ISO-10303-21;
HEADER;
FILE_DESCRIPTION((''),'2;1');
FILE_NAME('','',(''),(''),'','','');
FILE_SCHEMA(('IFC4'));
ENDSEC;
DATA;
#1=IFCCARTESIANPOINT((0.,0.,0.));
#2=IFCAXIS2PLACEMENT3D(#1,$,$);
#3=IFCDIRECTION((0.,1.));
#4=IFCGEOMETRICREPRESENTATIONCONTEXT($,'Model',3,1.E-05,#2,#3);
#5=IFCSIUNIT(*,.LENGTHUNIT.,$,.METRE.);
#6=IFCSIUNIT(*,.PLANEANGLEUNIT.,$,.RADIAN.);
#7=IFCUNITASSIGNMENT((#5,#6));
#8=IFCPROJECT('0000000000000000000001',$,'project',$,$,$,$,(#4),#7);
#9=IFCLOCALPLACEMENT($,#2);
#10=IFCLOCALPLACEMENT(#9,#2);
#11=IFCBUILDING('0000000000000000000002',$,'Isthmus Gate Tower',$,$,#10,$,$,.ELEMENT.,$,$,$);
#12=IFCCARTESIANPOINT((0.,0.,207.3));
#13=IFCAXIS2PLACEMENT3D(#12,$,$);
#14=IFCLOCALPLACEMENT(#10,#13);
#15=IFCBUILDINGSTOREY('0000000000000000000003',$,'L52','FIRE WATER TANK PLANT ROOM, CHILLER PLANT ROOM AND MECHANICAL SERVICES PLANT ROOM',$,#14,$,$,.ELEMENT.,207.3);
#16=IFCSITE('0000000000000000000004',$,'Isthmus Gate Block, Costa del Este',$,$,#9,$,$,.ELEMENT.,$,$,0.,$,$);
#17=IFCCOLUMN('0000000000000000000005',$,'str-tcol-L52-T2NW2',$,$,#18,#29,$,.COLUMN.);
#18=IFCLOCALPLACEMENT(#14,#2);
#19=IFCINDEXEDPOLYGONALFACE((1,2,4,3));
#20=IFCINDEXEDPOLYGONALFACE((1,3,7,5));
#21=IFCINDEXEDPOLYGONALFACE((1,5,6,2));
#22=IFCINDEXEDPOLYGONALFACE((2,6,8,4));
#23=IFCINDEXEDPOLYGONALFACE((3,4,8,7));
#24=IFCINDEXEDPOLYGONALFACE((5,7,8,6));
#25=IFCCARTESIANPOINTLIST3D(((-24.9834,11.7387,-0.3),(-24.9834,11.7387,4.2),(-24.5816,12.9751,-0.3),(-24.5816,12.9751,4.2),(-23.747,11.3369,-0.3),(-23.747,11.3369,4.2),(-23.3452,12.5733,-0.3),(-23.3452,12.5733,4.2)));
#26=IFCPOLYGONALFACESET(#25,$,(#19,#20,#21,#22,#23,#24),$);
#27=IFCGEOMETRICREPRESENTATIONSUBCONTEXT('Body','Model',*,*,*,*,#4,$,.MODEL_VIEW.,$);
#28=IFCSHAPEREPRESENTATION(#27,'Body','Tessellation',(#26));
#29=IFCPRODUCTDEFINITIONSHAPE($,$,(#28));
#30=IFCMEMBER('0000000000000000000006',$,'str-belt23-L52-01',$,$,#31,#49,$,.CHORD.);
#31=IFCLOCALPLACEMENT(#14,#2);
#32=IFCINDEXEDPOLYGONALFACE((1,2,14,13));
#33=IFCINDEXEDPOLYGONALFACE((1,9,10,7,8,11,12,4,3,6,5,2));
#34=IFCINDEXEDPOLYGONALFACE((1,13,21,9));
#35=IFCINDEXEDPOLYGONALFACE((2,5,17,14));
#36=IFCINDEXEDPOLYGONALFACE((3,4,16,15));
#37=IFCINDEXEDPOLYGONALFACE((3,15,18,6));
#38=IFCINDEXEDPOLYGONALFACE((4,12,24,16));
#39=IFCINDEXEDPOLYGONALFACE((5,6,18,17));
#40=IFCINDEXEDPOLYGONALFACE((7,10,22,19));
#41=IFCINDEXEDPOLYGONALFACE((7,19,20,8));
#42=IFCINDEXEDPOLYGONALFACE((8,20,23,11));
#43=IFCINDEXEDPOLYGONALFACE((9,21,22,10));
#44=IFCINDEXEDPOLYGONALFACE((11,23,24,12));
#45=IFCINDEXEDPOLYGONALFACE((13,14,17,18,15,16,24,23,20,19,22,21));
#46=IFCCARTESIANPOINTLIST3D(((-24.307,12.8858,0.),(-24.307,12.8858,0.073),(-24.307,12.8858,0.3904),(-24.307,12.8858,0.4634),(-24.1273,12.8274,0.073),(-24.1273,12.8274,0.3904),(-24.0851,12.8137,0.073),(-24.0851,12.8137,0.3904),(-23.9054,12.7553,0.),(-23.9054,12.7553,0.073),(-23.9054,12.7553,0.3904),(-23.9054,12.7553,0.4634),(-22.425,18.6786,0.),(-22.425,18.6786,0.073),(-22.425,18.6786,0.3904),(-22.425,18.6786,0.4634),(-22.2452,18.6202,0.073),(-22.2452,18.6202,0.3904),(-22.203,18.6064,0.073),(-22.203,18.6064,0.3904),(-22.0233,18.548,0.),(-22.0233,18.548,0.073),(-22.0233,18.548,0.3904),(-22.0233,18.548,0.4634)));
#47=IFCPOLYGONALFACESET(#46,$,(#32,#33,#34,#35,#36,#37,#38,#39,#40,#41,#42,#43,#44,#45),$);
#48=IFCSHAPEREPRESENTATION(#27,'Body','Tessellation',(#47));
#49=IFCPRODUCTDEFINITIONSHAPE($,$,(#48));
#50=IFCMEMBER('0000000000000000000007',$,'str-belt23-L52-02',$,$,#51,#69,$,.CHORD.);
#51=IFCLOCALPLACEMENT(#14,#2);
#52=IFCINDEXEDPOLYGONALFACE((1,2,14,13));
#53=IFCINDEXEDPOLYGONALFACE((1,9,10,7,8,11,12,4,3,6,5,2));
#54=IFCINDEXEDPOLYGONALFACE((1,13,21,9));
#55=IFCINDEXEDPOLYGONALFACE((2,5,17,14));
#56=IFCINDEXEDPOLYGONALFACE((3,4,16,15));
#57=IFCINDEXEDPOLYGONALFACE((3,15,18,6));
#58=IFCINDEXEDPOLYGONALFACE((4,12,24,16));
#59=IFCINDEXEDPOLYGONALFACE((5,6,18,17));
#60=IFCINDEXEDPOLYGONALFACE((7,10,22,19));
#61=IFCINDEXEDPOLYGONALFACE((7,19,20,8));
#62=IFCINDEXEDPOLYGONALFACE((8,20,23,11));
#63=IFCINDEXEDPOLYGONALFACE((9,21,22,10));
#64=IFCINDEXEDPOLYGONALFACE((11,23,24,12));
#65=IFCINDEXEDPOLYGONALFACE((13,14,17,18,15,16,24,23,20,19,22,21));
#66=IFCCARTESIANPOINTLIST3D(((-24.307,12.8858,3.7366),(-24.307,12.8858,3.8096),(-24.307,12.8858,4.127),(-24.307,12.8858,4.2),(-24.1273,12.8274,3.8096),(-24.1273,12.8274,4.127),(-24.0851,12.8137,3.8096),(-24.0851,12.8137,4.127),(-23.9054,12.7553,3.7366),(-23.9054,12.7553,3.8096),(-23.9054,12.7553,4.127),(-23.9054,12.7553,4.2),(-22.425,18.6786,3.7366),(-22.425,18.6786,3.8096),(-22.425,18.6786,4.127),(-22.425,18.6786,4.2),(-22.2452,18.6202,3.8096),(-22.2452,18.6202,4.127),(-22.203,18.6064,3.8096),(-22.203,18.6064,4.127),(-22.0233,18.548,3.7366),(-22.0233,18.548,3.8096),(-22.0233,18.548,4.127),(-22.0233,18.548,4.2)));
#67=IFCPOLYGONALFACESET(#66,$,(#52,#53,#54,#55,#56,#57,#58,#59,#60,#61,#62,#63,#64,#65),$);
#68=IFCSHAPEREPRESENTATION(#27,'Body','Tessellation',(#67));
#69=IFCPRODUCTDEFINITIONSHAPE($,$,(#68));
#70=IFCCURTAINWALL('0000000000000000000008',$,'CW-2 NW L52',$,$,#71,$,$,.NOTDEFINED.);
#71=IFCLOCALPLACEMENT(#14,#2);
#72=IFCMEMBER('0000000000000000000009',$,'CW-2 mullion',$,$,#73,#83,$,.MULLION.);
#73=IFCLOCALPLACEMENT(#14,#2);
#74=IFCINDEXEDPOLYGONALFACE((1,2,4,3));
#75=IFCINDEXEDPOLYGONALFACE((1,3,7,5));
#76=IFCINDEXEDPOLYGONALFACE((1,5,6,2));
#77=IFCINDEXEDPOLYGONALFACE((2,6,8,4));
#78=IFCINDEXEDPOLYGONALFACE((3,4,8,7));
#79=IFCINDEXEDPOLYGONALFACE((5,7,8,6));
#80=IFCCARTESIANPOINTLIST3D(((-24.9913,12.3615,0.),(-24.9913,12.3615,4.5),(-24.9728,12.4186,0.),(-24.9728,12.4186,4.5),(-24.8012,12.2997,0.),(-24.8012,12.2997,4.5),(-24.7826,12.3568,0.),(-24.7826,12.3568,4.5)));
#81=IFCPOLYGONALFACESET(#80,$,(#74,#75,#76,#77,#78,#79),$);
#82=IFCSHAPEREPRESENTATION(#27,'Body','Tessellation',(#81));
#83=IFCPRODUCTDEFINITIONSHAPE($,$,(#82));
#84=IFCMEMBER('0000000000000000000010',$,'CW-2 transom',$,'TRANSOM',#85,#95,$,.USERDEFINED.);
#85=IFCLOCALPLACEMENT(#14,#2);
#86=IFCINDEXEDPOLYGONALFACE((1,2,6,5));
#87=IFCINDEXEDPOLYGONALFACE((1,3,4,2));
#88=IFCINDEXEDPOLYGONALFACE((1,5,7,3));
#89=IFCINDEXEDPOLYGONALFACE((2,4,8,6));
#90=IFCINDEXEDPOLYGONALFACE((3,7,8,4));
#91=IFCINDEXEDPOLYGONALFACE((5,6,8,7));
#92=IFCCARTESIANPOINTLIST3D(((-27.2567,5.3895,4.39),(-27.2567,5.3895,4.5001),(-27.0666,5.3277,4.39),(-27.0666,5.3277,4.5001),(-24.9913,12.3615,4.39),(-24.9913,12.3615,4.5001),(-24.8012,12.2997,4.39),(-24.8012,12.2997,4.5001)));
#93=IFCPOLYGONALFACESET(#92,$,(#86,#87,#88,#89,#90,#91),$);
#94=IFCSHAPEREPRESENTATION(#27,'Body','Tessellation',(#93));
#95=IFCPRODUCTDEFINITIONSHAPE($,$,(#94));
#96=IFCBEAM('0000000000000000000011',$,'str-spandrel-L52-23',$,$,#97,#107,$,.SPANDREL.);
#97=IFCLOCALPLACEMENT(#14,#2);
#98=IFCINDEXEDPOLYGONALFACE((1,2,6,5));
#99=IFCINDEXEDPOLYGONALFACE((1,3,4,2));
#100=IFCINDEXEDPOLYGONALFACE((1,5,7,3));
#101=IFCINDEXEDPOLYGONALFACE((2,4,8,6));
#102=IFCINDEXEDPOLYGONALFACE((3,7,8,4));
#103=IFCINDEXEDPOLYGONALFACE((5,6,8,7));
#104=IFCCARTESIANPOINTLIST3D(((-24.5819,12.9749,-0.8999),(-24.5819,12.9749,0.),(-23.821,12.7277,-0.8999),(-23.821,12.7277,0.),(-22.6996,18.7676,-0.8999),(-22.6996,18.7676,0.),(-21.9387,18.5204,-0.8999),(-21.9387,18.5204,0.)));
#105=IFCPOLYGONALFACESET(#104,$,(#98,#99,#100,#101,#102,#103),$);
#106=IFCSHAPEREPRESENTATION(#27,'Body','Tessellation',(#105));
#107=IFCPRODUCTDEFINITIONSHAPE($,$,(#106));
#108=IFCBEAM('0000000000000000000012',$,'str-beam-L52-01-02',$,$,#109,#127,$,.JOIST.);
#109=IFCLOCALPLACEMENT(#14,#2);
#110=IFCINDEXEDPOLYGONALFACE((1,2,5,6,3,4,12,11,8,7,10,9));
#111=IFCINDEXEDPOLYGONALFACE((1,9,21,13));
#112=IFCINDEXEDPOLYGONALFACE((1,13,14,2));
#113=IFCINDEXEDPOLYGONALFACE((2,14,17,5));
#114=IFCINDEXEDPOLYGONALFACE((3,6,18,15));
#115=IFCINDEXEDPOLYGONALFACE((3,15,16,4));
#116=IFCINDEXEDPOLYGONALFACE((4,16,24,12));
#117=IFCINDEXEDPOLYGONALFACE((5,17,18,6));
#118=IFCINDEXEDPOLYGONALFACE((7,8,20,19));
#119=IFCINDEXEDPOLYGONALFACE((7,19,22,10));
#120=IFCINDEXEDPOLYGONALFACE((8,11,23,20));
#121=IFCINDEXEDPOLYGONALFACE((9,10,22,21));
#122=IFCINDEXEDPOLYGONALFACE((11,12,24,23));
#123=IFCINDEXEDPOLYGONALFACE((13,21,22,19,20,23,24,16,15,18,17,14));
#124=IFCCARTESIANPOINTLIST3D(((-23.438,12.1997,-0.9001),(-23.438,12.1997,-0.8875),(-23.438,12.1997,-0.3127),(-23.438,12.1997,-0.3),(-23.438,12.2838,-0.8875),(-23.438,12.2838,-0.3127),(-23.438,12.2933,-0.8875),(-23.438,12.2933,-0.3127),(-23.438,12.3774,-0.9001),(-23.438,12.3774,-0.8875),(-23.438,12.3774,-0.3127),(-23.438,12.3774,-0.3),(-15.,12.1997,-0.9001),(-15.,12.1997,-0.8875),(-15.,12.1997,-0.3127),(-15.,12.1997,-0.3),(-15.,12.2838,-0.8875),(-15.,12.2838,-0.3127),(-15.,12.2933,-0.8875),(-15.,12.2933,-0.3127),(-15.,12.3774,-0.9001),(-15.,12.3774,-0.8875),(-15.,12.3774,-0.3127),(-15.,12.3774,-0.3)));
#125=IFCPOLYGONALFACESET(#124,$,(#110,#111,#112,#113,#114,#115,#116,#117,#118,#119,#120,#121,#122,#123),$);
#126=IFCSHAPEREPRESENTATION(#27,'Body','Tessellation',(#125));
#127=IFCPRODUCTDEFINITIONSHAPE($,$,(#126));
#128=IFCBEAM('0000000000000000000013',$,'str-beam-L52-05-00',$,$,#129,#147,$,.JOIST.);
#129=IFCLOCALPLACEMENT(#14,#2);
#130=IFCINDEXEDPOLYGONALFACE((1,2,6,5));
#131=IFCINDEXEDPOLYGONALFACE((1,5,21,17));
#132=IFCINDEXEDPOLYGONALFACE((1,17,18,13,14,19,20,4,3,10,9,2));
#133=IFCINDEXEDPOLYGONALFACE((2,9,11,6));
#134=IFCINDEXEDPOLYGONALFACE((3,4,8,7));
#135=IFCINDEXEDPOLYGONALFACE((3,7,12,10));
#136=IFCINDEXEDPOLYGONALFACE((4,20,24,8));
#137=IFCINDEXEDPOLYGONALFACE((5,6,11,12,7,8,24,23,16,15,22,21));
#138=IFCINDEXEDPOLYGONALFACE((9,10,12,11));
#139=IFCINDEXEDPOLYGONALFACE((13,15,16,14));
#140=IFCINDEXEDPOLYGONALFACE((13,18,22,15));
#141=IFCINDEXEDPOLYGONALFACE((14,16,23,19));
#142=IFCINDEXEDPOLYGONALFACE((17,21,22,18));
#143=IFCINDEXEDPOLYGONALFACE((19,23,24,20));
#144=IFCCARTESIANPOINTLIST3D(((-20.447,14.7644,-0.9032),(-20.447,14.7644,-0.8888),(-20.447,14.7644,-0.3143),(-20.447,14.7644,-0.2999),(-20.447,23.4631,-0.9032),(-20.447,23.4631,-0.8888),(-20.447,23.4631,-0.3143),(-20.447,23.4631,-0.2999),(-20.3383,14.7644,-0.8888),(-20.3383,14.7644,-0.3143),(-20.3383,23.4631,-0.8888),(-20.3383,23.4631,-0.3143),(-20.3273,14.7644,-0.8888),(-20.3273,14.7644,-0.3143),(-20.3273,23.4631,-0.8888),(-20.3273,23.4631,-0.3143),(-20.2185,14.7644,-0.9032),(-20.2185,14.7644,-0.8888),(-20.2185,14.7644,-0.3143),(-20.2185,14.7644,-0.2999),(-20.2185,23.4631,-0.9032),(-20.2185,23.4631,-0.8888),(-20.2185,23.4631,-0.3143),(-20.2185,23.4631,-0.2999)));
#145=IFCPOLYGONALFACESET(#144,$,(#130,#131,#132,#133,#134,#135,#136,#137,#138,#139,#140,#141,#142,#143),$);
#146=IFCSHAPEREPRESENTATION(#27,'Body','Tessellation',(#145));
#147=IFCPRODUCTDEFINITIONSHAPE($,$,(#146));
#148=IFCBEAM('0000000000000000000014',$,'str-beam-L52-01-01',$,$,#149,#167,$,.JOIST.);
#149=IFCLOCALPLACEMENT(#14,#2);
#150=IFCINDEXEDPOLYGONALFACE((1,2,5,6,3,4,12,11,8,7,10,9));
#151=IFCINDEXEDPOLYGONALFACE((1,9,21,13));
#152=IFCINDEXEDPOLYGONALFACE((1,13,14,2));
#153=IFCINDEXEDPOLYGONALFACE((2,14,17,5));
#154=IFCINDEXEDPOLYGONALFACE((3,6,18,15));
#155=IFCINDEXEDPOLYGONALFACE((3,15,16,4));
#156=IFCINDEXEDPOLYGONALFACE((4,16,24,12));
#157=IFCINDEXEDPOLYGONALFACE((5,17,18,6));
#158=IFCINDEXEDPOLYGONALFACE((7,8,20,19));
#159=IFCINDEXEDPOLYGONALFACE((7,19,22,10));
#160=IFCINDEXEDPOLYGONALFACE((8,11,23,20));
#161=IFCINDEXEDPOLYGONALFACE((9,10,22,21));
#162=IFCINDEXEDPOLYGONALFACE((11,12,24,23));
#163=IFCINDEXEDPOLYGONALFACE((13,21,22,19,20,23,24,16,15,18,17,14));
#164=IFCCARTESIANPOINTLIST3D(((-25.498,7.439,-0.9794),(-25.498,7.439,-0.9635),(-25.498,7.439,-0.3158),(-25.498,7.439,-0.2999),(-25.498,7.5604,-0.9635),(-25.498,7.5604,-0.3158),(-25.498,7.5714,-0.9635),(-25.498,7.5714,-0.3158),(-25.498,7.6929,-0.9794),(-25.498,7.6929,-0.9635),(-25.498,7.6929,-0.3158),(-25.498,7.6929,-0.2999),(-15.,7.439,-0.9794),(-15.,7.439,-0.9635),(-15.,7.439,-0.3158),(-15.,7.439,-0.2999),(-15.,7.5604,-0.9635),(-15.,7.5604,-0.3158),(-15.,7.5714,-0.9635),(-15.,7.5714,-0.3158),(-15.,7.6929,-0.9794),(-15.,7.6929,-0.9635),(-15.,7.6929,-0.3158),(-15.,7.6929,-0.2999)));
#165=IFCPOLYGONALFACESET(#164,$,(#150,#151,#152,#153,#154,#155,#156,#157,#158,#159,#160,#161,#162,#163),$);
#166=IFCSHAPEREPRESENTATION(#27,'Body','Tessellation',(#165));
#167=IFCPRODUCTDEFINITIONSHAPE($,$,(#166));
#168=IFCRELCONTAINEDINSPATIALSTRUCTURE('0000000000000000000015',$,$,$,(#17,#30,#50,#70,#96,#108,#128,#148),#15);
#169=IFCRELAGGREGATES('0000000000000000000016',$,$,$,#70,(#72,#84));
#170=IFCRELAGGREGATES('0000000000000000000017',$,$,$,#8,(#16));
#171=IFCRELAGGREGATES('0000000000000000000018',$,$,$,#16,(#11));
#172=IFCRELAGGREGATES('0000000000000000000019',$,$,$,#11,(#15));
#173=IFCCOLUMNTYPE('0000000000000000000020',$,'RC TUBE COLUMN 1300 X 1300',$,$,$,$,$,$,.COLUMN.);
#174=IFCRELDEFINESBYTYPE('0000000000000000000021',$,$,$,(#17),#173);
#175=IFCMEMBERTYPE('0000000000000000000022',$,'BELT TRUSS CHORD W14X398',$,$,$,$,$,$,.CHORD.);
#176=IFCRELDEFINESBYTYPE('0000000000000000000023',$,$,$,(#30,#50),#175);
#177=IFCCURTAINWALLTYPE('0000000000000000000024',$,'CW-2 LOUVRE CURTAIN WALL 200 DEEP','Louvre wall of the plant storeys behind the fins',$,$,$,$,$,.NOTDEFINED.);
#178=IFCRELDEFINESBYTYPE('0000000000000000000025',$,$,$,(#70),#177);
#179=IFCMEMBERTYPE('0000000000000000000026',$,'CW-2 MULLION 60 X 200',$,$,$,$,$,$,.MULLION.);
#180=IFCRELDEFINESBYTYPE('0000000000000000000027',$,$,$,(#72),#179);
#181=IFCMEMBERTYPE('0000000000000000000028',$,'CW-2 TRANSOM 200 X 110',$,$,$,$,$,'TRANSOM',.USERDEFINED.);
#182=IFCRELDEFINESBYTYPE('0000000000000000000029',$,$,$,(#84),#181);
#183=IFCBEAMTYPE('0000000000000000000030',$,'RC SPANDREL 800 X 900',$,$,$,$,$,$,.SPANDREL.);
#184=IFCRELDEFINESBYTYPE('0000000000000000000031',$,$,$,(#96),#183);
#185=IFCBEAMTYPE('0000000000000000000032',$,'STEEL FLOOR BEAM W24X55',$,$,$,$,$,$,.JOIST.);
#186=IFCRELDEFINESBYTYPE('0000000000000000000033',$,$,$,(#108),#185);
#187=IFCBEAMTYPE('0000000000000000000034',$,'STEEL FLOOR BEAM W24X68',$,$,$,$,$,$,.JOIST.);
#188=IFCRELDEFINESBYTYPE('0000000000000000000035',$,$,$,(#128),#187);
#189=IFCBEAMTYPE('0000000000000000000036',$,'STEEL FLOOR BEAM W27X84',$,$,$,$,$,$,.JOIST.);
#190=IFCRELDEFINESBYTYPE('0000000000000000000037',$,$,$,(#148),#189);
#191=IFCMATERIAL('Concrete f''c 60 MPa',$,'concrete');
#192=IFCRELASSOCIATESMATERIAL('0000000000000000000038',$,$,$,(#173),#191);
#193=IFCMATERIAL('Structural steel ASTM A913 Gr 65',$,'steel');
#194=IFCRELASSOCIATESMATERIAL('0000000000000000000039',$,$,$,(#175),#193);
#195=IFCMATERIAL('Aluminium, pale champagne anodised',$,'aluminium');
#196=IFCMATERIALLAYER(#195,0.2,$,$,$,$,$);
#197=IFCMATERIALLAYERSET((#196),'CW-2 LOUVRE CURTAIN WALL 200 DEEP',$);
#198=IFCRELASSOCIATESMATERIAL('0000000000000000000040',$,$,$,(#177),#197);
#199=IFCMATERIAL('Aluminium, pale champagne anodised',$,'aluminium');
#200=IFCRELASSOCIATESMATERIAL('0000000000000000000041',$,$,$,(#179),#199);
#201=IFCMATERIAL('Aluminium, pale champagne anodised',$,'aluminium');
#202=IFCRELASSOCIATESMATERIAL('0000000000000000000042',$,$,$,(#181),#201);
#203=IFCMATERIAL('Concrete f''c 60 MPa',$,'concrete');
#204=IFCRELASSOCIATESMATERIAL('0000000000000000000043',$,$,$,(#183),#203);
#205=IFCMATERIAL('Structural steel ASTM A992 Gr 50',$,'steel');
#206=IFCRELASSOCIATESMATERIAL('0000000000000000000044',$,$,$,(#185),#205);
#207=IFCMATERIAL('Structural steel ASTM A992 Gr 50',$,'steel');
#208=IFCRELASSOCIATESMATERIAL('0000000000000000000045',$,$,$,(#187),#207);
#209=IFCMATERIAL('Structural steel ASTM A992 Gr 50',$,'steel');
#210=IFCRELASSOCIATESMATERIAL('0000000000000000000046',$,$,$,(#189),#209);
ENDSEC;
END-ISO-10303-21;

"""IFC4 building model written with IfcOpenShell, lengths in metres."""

from ifc_helpers import new_model, si_unit, direction, frame, origin, origin_2d, place, context, subcontext, project, spatial, rectangle, i_section, extrude, material, layer, layer_set, material_profile, profile_set, type_object, element, aggregate, save


model = new_model("IFC4")

# Units and contexts
model_context = context("Model", 3, precision=1e-05, world=origin(), true_north=direction((0.0, 1.0)))
body_context = subcontext(model_context, "Body", "Model", "MODEL_VIEW")
ifc_project = project(units=[si_unit("LENGTHUNIT", "METRE"), si_unit("PLANEANGLEUNIT", "RADIAN")], contexts=[model_context])

# Site, building, storey
site_placement = place(None, origin())
site = spatial("IfcSite", under=ifc_project, at=site_placement, Name="Isthmus Gate Block, Costa del Este", CompositionType="ELEMENT", RefElevation=0.0)
building_placement = place(site_placement, origin())
building = spatial("IfcBuilding", under=site, at=building_placement, Name="Isthmus Gate Tower", CompositionType="ELEMENT")
storey_placement = place(building_placement, frame((0.0, 0.0, 207.3)))
storey = spatial("IfcBuildingStorey", under=building, at=storey_placement, Name="L52", Description="FIRE WATER TANK PLANT ROOM, CHILLER PLANT ROOM AND MECHANICAL SERVICES PLANT ROOM", CompositionType="ELEMENT", Elevation=207.3)

# Column
ifc_material_1 = material(Name="Concrete f'c 60 MPa", Category="concrete")
ifc_material_profile_1 = material_profile(ifc_material_1, rectangle(XDim=1.3, YDim=1.3, at=origin_2d()), Name="RC 1300X1300")
ifc_profile_set_1 = profile_set([ifc_material_profile_1], Name="Concrete f'c 60 MPa")
column_type = type_object("IfcColumnType", Name="RC TUBE COLUMN 1300 X 1300", PredefinedType="COLUMN", material=ifc_profile_set_1)
column_placement = place(storey_placement, frame((-24.1643, 12.156, -0.3), z_axis=(0.0, 0.0, 1.0), x_axis=(-0.309017, -0.951057, 0.0)))
element("IfcColumn", 1, at=column_placement, inside=storey, type_object=column_type, Name="str-tcol-L52-T2NW2", PredefinedType="COLUMN", context=body_context, shape_type="SweptSolid", body=[
    extrude(rectangle(XDim=1.3, YDim=1.3, at=origin_2d()), origin(), (0.0, 0.0, 1.0), 4.5),
])

# Members
ifc_material_2 = material(Name="Structural steel ASTM A913 Gr 65", Category="steel")
ifc_material_profile_2 = material_profile(ifc_material_2, i_section(OverallWidth=0.4224, OverallDepth=0.4634, WebThickness=0.0444, FlangeThickness=0.073, at=origin_2d()), Name="W14X398")
ifc_profile_set_2 = profile_set([ifc_material_profile_2], Name="Structural steel ASTM A913 Gr 65")
member_type_1 = type_object("IfcMemberType", Name="BELT TRUSS CHORD W14X398", PredefinedType="CHORD", material=ifc_profile_set_2)
for number, where, z_axis, x_axis, name in (
    (2, (-24.1062, 12.8206, 0.2317), (0.309004, 0.951061, 0.0), (-0.951061, 0.309004, 0.0), "str-belt23-L52-01"),
    (3, (-24.1062, 12.8206, 3.9683), (0.309004, 0.951061, 0.0), (-0.951061, 0.309004, 0.0), "str-belt23-L52-02"),
):
    element("IfcMember", number, at=place(storey_placement, frame(where, z_axis=z_axis, x_axis=x_axis)), inside=storey, type_object=member_type_1, Name=name, PredefinedType="CHORD", context=body_context, shape_type="SweptSolid", body=[
        extrude(i_section(OverallWidth=0.4224, OverallDepth=0.4634, WebThickness=0.0444, FlangeThickness=0.073, at=origin_2d()), origin(), (0.0, 0.0, 1.0), 6.0908),
    ])

# Curtain wall, members
ifc_material_3 = material(Name="Aluminium, pale champagne anodised", Category="aluminium")
ifc_layer_1 = layer(ifc_material_3, 0.2)
ifc_layer_set_1 = layer_set([ifc_layer_1], Name="CW-2 LOUVRE CURTAIN WALL 200 DEEP")
curtain_wall_type = type_object("IfcCurtainWallType", Name="CW-2 LOUVRE CURTAIN WALL 200 DEEP", Description="Louvre wall of the plant storeys behind the fins", PredefinedType="NOTDEFINED", material=ifc_layer_set_1)
curtain_wall_placement = place(storey_placement, origin())
curtain_wall = element("IfcCurtainWall", 4, at=curtain_wall_placement, inside=storey, type_object=curtain_wall_type, Name="CW-2 NW L52", PredefinedType="NOTDEFINED")
ifc_material_4 = material(Name="Aluminium, pale champagne anodised", Category="aluminium")
ifc_material_profile_3 = material_profile(ifc_material_4, rectangle(XDim=0.0601, YDim=0.2, at=origin_2d()), Name="60x200")
ifc_profile_set_3 = profile_set([ifc_material_profile_3], Name="Aluminium, pale champagne anodised")
member_type_2 = type_object("IfcMemberType", Name="CW-2 MULLION 60 X 200", PredefinedType="MULLION", material=ifc_profile_set_3)
member_1_placement = place(storey_placement, frame((-24.887, 12.3591, 0.0), z_axis=(0.0, 0.0, 1.0), x_axis=(-0.309017, -0.951057, 0.0)))
member_1 = element("IfcMember", 5, at=member_1_placement, type_object=member_type_2, Name="CW-2 mullion", PredefinedType="MULLION", context=body_context, shape_type="SweptSolid", body=[
    extrude(rectangle(XDim=0.0601, YDim=0.2, at=origin_2d()), origin(), (0.0, 0.0, 1.0), 4.5),
])
ifc_material_5 = material(Name="Aluminium, pale champagne anodised", Category="aluminium")
ifc_material_profile_4 = material_profile(ifc_material_5, rectangle(XDim=0.2, YDim=0.1101, at=origin_2d()), Name="200x110")
ifc_profile_set_4 = profile_set([ifc_material_profile_4], Name="Aluminium, pale champagne anodised")
member_type_3 = type_object("IfcMemberType", Name="CW-2 TRANSOM 200 X 110", ElementType="TRANSOM", PredefinedType="USERDEFINED", material=ifc_profile_set_4)
member_2_placement = place(storey_placement, frame((-24.8962, 12.3306, 4.4451), z_axis=(-0.309025, -0.951054, 0.0), x_axis=(0.951054, -0.309025, 0.0)))
member_2 = element("IfcMember", 6, at=member_2_placement, type_object=member_type_3, Name="CW-2 transom", ObjectType="TRANSOM", PredefinedType="USERDEFINED", context=body_context, shape_type="SweptSolid", body=[
    extrude(rectangle(XDim=0.2, YDim=0.1101, at=origin_2d()), origin(), (0.0, 0.0, 1.0), 7.3308),
])

# Beams
ifc_material_6 = material(Name="Concrete f'c 60 MPa", Category="concrete")
ifc_material_profile_5 = material_profile(ifc_material_6, rectangle(XDim=0.8, YDim=0.8999, at=origin_2d()), Name="RC 800X900")
ifc_profile_set_5 = profile_set([ifc_material_profile_5], Name="Concrete f'c 60 MPa")
beam_type_1 = type_object("IfcBeamType", Name="RC SPANDREL 800 X 900", PredefinedType="SPANDREL", material=ifc_profile_set_5)
beam_1_placement = place(storey_placement, frame((-24.2014, 12.8513, -0.45), z_axis=(0.30904, 0.951049, 0.0), x_axis=(-0.951049, 0.30904, 0.0)))
element("IfcBeam", 7, at=beam_1_placement, inside=storey, type_object=beam_type_1, Name="str-spandrel-L52-23", PredefinedType="SPANDREL", context=body_context, shape_type="SweptSolid", body=[
    extrude(rectangle(XDim=0.8, YDim=0.8999, at=origin_2d()), origin(), (0.0, 0.0, 1.0), 6.0908),
])
ifc_material_7 = material(Name="Structural steel ASTM A992 Gr 50", Category="steel")
ifc_material_profile_6 = material_profile(ifc_material_7, i_section(OverallWidth=0.1777, OverallDepth=0.6001, WebThickness=0.0095, FlangeThickness=0.0127, at=origin_2d()), Name="W24X55")
ifc_profile_set_6 = profile_set([ifc_material_profile_6], Name="Structural steel ASTM A992 Gr 50")
beam_type_2 = type_object("IfcBeamType", Name="STEEL FLOOR BEAM W24X55", PredefinedType="JOIST", material=ifc_profile_set_6)
beam_2_placement = place(storey_placement, frame((-23.438, 12.2886, -0.6001), z_axis=(1.0, 0.0, 0.0), x_axis=(0.0, 1.0, 0.0)))
element("IfcBeam", 8, at=beam_2_placement, inside=storey, type_object=beam_type_2, Name="str-beam-L52-01-02", PredefinedType="JOIST", context=body_context, shape_type="SweptSolid", body=[
    extrude(i_section(OverallWidth=0.1777, OverallDepth=0.6001, WebThickness=0.0095, FlangeThickness=0.0127, at=origin_2d()), origin(), (0.0, 0.0, 1.0), 8.438),
])
ifc_material_8 = material(Name="Structural steel ASTM A992 Gr 50", Category="steel")
ifc_material_profile_7 = material_profile(ifc_material_8, i_section(OverallWidth=0.2285, OverallDepth=0.6033, WebThickness=0.011, FlangeThickness=0.0144, at=origin_2d()), Name="W24X68")
ifc_profile_set_7 = profile_set([ifc_material_profile_7], Name="Structural steel ASTM A992 Gr 50")
beam_type_3 = type_object("IfcBeamType", Name="STEEL FLOOR BEAM W24X68", PredefinedType="JOIST", material=ifc_profile_set_7)
beam_3_placement = place(storey_placement, frame((-20.3328, 14.7644, -0.6016), z_axis=(0.0, 1.0, 0.0), x_axis=(-1.0, 0.0, 0.0)))
element("IfcBeam", 9, at=beam_3_placement, inside=storey, type_object=beam_type_3, Name="str-beam-L52-05-00", PredefinedType="JOIST", context=body_context, shape_type="SweptSolid", body=[
    extrude(i_section(OverallWidth=0.2285, OverallDepth=0.6033, WebThickness=0.011, FlangeThickness=0.0144, at=origin_2d()), origin(), (0.0, 0.0, 1.0), 8.6987),
])
ifc_material_9 = material(Name="Structural steel ASTM A992 Gr 50", Category="steel")
ifc_material_profile_8 = material_profile(ifc_material_9, i_section(OverallWidth=0.2539, OverallDepth=0.6794, WebThickness=0.011, FlangeThickness=0.0159, at=origin_2d()), Name="W27X84")
ifc_profile_set_8 = profile_set([ifc_material_profile_8], Name="Structural steel ASTM A992 Gr 50")
beam_type_4 = type_object("IfcBeamType", Name="STEEL FLOOR BEAM W27X84", PredefinedType="JOIST", material=ifc_profile_set_8)
beam_4_placement = place(storey_placement, frame((-25.498, 7.5659, -0.6396), z_axis=(1.0, 0.0, 0.0), x_axis=(0.0, 1.0, 0.0)))
element("IfcBeam", 10, at=beam_4_placement, inside=storey, type_object=beam_type_4, Name="str-beam-L52-01-01", PredefinedType="JOIST", context=body_context, shape_type="SweptSolid", body=[
    extrude(i_section(OverallWidth=0.2539, OverallDepth=0.6794, WebThickness=0.011, FlangeThickness=0.0159, at=origin_2d()), origin(), (0.0, 0.0, 1.0), 10.498),
])

aggregate(curtain_wall, [member_1, member_2])

save(model, "model.ifc")
